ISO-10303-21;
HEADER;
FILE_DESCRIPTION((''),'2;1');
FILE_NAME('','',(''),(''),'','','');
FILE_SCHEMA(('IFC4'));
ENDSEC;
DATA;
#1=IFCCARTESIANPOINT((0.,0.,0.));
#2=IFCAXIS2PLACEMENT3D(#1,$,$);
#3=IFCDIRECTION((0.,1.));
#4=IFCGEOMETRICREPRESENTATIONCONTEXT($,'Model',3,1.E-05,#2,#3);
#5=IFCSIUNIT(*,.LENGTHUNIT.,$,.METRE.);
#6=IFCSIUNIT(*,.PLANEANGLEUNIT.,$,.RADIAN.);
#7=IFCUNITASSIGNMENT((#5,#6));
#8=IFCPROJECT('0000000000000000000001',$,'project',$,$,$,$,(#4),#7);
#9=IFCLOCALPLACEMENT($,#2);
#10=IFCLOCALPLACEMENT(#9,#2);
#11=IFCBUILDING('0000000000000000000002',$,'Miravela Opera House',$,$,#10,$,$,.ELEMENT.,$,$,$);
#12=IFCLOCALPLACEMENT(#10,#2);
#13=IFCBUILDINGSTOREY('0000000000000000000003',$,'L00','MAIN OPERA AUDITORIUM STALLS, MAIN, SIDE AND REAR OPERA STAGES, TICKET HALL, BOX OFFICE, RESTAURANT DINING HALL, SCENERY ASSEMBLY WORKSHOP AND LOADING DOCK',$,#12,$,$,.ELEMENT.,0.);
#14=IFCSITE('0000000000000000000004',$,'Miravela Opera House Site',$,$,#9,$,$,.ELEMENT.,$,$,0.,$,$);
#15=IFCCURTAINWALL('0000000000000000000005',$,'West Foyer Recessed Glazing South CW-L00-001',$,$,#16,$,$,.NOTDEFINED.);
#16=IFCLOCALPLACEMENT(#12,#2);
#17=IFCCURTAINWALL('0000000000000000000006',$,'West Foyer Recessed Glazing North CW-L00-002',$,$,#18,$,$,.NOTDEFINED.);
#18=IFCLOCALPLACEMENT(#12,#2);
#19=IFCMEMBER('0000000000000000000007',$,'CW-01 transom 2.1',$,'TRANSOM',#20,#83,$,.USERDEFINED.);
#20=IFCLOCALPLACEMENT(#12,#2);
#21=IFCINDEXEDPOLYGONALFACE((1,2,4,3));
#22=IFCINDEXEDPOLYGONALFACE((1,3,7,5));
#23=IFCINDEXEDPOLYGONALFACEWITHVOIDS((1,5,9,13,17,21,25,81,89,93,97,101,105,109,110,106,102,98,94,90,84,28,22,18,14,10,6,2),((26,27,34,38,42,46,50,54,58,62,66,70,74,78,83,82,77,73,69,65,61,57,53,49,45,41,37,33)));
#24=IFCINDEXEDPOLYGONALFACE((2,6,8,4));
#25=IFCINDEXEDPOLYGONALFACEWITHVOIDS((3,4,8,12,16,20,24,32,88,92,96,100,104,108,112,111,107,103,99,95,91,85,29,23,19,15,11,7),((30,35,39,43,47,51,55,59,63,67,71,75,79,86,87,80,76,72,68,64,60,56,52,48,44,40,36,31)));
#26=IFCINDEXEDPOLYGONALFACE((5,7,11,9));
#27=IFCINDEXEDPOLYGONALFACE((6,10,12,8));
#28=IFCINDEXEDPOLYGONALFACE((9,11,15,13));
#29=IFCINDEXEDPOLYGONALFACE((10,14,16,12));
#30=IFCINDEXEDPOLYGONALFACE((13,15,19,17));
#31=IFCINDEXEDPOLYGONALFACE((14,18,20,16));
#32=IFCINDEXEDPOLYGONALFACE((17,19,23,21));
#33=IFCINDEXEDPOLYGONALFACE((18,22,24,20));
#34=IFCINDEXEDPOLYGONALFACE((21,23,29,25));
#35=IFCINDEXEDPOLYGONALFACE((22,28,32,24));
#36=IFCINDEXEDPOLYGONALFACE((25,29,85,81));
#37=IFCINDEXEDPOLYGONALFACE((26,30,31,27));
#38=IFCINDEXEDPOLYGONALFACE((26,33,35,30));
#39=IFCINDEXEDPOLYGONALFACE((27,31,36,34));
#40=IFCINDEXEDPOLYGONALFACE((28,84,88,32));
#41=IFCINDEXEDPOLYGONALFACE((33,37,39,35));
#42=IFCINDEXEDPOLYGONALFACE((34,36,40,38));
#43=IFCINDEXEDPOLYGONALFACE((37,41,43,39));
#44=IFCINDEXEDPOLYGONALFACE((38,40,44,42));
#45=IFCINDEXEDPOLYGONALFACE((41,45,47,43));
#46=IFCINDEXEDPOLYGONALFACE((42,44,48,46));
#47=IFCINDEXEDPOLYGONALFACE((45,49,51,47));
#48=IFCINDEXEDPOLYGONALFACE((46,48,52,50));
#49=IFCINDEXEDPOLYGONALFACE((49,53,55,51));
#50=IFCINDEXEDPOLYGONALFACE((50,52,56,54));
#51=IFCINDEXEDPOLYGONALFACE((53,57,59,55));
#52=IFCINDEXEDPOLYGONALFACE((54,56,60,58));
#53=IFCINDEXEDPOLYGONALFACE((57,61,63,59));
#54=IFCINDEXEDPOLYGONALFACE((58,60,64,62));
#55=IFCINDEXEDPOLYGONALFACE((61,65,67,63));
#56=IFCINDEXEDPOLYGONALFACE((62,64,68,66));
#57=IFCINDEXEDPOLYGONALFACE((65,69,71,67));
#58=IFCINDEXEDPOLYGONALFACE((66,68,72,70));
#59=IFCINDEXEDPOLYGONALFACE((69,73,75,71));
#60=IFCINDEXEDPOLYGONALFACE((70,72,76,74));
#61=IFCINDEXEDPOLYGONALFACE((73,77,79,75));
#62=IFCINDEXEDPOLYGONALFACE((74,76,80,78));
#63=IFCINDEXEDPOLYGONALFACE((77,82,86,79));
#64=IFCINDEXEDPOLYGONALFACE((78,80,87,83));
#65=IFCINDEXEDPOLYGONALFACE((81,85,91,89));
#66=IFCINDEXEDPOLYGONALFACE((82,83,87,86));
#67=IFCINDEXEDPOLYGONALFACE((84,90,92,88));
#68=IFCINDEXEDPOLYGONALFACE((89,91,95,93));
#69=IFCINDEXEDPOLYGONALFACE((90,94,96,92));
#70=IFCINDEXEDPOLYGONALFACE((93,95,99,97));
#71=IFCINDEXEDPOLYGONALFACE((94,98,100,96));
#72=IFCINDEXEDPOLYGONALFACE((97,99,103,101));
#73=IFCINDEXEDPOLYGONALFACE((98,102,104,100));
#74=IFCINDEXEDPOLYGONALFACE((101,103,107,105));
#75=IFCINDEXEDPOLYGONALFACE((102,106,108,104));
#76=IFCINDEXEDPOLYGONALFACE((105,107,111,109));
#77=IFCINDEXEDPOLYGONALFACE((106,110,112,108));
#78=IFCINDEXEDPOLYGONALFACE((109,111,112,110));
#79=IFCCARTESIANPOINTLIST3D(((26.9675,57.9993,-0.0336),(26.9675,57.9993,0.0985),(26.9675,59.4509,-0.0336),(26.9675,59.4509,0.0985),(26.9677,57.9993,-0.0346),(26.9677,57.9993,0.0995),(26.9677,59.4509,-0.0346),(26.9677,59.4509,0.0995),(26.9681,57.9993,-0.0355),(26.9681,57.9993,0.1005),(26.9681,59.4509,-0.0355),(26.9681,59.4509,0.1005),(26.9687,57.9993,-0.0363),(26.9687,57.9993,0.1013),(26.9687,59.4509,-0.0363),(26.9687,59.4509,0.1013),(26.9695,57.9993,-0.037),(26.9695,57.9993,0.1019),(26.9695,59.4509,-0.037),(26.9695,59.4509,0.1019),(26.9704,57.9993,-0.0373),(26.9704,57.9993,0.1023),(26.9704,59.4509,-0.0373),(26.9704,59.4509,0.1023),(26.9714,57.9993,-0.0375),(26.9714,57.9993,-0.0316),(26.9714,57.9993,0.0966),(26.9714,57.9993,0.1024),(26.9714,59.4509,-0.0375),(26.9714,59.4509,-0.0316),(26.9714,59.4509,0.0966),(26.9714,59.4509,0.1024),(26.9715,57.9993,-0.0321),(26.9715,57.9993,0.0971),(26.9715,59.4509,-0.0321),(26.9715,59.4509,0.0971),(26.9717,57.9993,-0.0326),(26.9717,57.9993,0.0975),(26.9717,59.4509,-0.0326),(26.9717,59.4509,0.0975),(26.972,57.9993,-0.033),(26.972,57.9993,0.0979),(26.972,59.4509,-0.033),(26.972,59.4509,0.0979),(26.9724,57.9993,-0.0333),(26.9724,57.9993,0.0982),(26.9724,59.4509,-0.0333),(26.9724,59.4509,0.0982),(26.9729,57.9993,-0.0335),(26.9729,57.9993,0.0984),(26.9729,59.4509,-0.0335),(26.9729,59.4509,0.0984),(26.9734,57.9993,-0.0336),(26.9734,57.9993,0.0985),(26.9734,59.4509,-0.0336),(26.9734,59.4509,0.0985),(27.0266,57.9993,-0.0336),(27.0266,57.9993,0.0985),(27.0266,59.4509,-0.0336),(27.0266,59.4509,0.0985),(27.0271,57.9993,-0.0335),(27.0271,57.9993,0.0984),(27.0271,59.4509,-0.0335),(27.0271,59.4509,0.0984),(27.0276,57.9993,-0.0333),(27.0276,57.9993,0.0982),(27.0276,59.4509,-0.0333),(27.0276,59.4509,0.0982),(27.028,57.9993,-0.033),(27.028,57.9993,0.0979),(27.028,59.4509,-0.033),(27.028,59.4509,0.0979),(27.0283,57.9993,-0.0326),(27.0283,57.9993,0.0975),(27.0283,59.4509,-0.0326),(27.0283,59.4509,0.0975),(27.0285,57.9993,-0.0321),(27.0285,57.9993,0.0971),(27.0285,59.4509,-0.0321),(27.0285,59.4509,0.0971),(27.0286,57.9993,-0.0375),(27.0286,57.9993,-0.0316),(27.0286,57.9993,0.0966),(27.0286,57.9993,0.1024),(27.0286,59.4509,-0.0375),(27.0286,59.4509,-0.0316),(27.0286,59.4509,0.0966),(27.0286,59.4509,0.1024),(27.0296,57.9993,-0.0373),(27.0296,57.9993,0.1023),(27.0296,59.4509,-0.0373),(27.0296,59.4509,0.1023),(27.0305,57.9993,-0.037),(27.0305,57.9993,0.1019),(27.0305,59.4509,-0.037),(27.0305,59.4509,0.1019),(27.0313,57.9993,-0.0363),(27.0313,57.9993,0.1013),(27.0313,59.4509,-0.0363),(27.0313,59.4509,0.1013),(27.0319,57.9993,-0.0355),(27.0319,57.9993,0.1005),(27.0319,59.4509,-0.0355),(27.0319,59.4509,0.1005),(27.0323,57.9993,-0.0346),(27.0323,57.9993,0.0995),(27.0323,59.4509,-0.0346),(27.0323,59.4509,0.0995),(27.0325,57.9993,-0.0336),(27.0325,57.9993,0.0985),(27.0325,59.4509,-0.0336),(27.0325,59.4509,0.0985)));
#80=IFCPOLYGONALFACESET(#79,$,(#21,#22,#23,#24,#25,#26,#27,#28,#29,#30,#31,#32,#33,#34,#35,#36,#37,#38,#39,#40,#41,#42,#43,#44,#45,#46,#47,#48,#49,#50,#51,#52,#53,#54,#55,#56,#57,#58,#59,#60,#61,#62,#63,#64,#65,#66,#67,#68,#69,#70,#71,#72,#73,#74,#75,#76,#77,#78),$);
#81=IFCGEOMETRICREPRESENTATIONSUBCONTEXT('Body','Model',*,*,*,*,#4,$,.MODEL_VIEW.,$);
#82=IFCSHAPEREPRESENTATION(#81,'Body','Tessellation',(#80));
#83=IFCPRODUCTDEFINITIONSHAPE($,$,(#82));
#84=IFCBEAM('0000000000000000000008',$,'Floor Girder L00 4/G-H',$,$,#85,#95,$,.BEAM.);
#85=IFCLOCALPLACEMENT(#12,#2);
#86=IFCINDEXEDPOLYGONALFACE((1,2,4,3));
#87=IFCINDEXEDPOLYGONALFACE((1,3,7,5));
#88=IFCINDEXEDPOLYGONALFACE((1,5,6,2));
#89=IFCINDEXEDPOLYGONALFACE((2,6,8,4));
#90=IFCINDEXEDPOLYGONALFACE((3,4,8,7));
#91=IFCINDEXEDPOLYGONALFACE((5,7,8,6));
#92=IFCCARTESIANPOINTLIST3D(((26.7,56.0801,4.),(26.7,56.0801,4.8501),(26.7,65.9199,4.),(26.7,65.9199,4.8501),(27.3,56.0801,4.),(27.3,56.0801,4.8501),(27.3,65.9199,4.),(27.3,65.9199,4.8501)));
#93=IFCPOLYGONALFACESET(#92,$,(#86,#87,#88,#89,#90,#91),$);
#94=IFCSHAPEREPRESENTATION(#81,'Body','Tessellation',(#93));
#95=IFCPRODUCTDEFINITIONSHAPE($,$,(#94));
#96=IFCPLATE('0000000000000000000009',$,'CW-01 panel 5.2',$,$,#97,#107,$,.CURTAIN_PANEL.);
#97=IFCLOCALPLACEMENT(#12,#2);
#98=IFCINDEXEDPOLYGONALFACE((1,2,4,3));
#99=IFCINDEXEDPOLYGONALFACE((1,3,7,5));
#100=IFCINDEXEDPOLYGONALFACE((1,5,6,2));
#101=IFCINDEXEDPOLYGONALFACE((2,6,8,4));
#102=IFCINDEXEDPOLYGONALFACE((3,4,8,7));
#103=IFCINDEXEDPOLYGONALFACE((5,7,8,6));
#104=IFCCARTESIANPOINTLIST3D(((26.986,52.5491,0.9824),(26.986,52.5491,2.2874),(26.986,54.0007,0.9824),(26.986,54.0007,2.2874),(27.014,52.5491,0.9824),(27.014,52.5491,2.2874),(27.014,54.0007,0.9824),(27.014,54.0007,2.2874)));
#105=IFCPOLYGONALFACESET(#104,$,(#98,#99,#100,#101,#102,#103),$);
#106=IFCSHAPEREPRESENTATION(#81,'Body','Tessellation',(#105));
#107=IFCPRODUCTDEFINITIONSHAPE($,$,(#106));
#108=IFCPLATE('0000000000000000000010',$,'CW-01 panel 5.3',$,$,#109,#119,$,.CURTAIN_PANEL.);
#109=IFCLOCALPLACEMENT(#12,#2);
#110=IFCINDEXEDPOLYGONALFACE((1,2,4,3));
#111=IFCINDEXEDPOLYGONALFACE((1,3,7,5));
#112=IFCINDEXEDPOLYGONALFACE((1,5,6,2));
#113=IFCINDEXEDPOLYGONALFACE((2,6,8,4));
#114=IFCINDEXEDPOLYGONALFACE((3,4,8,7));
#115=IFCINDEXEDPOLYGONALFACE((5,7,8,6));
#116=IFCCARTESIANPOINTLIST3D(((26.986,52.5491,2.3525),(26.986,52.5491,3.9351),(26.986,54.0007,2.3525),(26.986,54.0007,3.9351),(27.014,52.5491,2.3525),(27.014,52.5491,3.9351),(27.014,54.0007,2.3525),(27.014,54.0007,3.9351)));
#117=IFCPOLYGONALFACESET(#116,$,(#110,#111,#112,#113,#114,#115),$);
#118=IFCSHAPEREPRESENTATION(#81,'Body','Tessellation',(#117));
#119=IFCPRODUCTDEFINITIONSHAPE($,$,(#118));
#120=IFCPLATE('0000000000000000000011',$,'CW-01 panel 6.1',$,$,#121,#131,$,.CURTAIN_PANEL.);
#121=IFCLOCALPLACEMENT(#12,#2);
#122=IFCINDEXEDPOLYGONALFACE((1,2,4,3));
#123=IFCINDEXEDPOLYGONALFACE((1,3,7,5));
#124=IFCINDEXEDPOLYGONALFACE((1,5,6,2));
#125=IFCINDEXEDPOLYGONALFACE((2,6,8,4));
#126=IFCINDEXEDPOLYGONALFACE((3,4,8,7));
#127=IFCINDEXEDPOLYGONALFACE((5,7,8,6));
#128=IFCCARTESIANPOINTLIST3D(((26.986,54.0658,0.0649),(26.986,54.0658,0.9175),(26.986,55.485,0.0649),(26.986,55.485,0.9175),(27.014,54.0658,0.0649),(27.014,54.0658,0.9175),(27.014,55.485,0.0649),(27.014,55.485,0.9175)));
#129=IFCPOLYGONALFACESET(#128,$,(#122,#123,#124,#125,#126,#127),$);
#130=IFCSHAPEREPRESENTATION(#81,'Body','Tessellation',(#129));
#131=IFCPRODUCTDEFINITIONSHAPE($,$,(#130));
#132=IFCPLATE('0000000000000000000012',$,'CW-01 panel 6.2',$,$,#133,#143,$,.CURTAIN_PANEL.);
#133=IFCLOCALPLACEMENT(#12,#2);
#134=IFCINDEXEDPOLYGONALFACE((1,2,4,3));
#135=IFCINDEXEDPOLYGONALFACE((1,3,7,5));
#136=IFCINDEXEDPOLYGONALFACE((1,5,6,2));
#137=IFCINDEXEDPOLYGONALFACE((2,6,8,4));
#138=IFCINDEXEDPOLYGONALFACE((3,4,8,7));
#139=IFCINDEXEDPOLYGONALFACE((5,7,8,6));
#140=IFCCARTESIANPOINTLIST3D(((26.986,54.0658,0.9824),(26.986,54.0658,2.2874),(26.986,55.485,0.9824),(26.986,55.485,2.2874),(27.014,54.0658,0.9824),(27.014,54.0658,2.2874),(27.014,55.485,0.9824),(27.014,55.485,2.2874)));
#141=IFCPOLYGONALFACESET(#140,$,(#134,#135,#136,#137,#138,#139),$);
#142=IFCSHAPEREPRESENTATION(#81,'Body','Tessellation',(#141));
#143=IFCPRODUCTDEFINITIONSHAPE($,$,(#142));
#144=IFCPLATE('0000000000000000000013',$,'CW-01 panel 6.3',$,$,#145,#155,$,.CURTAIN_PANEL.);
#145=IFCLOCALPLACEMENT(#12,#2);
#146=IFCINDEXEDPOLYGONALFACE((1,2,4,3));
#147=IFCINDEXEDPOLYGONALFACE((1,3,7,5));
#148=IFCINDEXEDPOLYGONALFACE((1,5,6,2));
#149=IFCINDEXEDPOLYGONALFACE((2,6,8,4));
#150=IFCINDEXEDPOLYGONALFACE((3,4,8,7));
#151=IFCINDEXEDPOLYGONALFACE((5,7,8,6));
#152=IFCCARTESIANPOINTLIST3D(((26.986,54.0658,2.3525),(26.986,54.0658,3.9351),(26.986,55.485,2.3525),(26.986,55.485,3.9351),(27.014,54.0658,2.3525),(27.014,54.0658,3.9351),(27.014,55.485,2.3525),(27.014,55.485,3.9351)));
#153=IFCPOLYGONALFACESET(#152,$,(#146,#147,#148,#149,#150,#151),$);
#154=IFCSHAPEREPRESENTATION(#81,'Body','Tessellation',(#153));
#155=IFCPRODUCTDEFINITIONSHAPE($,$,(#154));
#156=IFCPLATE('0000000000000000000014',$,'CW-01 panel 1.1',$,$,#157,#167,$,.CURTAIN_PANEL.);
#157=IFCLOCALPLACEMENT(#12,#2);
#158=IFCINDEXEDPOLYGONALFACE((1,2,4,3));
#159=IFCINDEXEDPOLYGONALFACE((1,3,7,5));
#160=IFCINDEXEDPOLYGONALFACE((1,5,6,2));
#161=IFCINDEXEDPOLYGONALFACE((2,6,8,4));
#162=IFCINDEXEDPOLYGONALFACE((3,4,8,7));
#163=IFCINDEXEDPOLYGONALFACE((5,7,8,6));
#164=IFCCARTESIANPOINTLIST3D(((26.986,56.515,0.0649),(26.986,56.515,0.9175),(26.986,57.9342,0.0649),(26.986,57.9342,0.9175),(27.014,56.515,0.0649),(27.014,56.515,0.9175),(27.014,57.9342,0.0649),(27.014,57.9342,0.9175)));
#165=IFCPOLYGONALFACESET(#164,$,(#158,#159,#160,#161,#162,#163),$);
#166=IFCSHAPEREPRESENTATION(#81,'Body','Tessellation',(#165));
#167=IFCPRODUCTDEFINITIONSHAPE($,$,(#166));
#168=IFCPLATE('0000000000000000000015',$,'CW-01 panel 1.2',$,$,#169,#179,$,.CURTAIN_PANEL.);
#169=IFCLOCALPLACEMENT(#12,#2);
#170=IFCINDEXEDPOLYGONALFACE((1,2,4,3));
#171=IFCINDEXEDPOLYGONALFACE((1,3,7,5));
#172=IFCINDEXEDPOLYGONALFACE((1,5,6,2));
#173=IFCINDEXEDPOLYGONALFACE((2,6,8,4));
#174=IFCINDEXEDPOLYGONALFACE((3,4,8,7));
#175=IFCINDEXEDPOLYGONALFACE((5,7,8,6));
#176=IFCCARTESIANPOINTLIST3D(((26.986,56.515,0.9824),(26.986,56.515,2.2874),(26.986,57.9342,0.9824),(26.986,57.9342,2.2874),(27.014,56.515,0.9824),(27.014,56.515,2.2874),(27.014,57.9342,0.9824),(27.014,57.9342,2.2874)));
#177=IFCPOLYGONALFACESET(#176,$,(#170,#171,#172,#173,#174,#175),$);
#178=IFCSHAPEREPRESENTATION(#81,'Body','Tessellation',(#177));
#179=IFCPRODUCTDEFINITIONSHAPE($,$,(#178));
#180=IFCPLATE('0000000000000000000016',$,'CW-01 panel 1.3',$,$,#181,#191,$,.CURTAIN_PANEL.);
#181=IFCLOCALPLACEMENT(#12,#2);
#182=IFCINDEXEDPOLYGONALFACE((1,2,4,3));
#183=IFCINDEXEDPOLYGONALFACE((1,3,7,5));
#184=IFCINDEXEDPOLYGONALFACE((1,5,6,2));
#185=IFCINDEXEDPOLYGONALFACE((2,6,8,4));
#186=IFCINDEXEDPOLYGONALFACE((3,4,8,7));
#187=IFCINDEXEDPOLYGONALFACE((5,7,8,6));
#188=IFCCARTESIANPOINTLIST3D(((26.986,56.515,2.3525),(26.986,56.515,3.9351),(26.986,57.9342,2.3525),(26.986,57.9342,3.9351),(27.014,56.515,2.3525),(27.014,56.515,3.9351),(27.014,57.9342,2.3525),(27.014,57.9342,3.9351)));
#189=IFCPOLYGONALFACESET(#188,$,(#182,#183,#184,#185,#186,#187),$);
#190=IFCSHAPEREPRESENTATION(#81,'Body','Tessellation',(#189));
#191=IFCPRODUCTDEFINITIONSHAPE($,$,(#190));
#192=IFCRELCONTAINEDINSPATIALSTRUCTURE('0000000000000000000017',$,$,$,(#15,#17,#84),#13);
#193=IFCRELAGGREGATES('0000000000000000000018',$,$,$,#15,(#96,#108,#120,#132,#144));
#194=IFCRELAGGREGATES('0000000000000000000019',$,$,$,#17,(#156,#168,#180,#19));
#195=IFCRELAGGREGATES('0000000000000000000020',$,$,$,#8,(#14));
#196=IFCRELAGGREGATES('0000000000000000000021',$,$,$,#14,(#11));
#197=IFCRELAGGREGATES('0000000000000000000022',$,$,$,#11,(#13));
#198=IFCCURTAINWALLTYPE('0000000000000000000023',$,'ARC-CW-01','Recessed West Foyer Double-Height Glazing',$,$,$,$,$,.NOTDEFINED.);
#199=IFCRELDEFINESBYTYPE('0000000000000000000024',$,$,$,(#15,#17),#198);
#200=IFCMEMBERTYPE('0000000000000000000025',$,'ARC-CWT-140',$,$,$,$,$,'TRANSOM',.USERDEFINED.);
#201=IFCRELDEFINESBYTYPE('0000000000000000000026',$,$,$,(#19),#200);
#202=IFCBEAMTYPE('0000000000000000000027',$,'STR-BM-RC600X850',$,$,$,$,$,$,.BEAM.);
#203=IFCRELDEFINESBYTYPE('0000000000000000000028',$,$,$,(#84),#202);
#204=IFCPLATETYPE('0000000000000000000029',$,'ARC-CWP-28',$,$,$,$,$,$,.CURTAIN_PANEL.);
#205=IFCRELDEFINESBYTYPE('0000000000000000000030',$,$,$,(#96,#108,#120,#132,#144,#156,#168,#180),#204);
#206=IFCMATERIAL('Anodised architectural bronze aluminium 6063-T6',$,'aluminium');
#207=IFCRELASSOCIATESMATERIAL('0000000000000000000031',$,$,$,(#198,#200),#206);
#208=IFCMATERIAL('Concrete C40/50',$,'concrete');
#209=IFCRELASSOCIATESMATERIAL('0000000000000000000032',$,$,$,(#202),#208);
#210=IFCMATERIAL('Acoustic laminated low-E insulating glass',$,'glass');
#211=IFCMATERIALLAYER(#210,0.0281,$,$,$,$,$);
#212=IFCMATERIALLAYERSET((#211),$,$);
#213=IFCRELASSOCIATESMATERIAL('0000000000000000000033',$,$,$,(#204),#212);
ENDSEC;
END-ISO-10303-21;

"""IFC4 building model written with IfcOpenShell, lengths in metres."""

from ifc_helpers import new_model, si_unit, direction, frame, origin, origin_2d, place, context, subcontext, project, spatial, rectangle, hollow_rectangle, extrude, material, layer, layer_set, material_profile, profile_set, type_object, element, aggregate, save


model = new_model("IFC4")

# Units and contexts
model_context = context("Model", 3, precision=1e-05, world=origin(), true_north=direction((0.0, 1.0)))
body_context = subcontext(model_context, "Body", "Model", "MODEL_VIEW")
ifc_project = project(units=[si_unit("LENGTHUNIT", "METRE"), si_unit("PLANEANGLEUNIT", "RADIAN")], contexts=[model_context])

# Site, building, storey
site_placement = place(None, origin())
site = spatial("IfcSite", under=ifc_project, at=site_placement, Name="Miravela Opera House Site", CompositionType="ELEMENT", RefElevation=0.0)
building_placement = place(site_placement, origin())
building = spatial("IfcBuilding", under=site, at=building_placement, Name="Miravela Opera House", CompositionType="ELEMENT")
storey_placement = place(building_placement, origin())
storey = spatial("IfcBuildingStorey", under=building, at=storey_placement, Name="L00", Description="MAIN OPERA AUDITORIUM STALLS, MAIN, SIDE AND REAR OPERA STAGES, TICKET HALL, BOX OFFICE, RESTAURANT DINING HALL, SCENERY ASSEMBLY WORKSHOP AND LOADING DOCK", CompositionType="ELEMENT", Elevation=0.0)

# Shared definitions
ifc_material_1 = material(Name="Concrete C40/50", Category="concrete")

# Curtain walls
ifc_material_2 = material(Name="Anodised architectural bronze aluminium 6063-T6", Category="aluminium")
curtain_wall_type = type_object("IfcCurtainWallType", Name="ARC-CW-01", Description="Recessed West Foyer Double-Height Glazing", PredefinedType="NOTDEFINED", material=ifc_material_2)
curtain_wall_1_placement = place(storey_placement, origin())
curtain_wall_1 = element("IfcCurtainWall", 1, at=curtain_wall_1_placement, inside=storey, type_object=curtain_wall_type, Name="West Foyer Recessed Glazing South CW-L00-001", PredefinedType="NOTDEFINED")
curtain_wall_2_placement = place(storey_placement, origin())
curtain_wall_2 = element("IfcCurtainWall", 2, at=curtain_wall_2_placement, inside=storey, type_object=curtain_wall_type, Name="West Foyer Recessed Glazing North CW-L00-002", PredefinedType="NOTDEFINED")

# Member
ifc_material_profile_1 = material_profile(ifc_material_2, hollow_rectangle(XDim=0.0649, YDim=0.1399, WallThickness=0.0039, InnerFilletRadius=0.002, OuterFilletRadius=0.0039, at=origin_2d()), Name="CWT-65X140")
ifc_profile_set_1 = profile_set([ifc_material_profile_1])
member_type_1 = type_object("IfcMemberType", Name="ARC-CWT-140", ElementType="TRANSOM", PredefinedType="USERDEFINED", material=ifc_profile_set_1)
member_1_placement = place(storey_placement, frame((27.0, 57.9993, 0.0325), z_axis=(0.0, 1.0, 0.0), x_axis=(-1.0, 0.0, 0.0)))
member_1 = element("IfcMember", 3, at=member_1_placement, type_object=member_type_1, Name="CW-01 transom 2.1", ObjectType="TRANSOM", PredefinedType="USERDEFINED", context=body_context, shape_type="SweptSolid", body=[
    extrude(hollow_rectangle(XDim=0.0649, YDim=0.1399, WallThickness=0.0039, InnerFilletRadius=0.002, OuterFilletRadius=0.0039, at=origin_2d()), origin(), (0.0, 0.0, 1.0), 1.4517),
])

# Beam
ifc_material_profile_2 = material_profile(ifc_material_1, rectangle(XDim=0.6001, YDim=0.8501, at=origin_2d()), Name="RC-BM-600X850")
ifc_profile_set_2 = profile_set([ifc_material_profile_2])
beam_type = type_object("IfcBeamType", Name="STR-BM-RC600X850", PredefinedType="BEAM", material=ifc_profile_set_2)
beam_placement = place(storey_placement, frame((27.0, 56.0801, 4.425), z_axis=(0.0, 1.0, 0.0), x_axis=(-1.0, 0.0, 0.0)))
element("IfcBeam", 4, at=beam_placement, inside=storey, type_object=beam_type, Name="Floor Girder L00 4/G-H", PredefinedType="BEAM", context=body_context, shape_type="SweptSolid", body=[
    extrude(rectangle(XDim=0.6001, YDim=0.8501, at=origin_2d()), origin(), (0.0, 0.0, 1.0), 9.8398),
])

# Plates
ifc_material_3 = material(Name="Acoustic laminated low-E insulating glass", Category="glass")
ifc_layer = layer(ifc_material_3, 0.0281)
ifc_layer_set = layer_set([ifc_layer])
plate_type = type_object("IfcPlateType", Name="ARC-CWP-28", PredefinedType="CURTAIN_PANEL", material=ifc_layer_set)
plate_1_placement = place(storey_placement, frame((27.0, 53.2749, 0.9824), z_axis=(0.0, 0.0, 1.0), x_axis=(0.0, 1.0, 0.0)))
plate_1 = element("IfcPlate", 5, at=plate_1_placement, type_object=plate_type, Name="CW-01 panel 5.2", PredefinedType="CURTAIN_PANEL", context=body_context, shape_type="SweptSolid", body=[
    extrude(rectangle(XDim=1.4517, YDim=0.0281, at=origin_2d()), origin(), (0.0, 0.0, 1.0), 1.3049),
])
plate_2_placement = place(storey_placement, frame((27.0, 53.2749, 2.3525), z_axis=(0.0, 0.0, 1.0), x_axis=(0.0, 1.0, 0.0)))
plate_2 = element("IfcPlate", 6, at=plate_2_placement, type_object=plate_type, Name="CW-01 panel 5.3", PredefinedType="CURTAIN_PANEL", context=body_context, shape_type="SweptSolid", body=[
    extrude(rectangle(XDim=1.4517, YDim=0.0281, at=origin_2d()), origin(), (0.0, 0.0, 1.0), 1.5825),
])
plate_3_placement = place(storey_placement, frame((27.0, 54.7754, 0.0649), z_axis=(0.0, 0.0, 1.0), x_axis=(0.0, 1.0, 0.0)))
plate_3 = element("IfcPlate", 7, at=plate_3_placement, type_object=plate_type, Name="CW-01 panel 6.1", PredefinedType="CURTAIN_PANEL", context=body_context, shape_type="SweptSolid", body=[
    extrude(rectangle(XDim=1.4192, YDim=0.0281, at=origin_2d()), origin(), (0.0, 0.0, 1.0), 0.8525),
])
plate_4_placement = place(storey_placement, frame((27.0, 54.7754, 0.9824), z_axis=(0.0, 0.0, 1.0), x_axis=(0.0, 1.0, 0.0)))
plate_4 = element("IfcPlate", 8, at=plate_4_placement, type_object=plate_type, Name="CW-01 panel 6.2", PredefinedType="CURTAIN_PANEL", context=body_context, shape_type="SweptSolid", body=[
    extrude(rectangle(XDim=1.4192, YDim=0.0281, at=origin_2d()), origin(), (0.0, 0.0, 1.0), 1.3049),
])
plate_5_placement = place(storey_placement, frame((27.0, 54.7754, 2.3525), z_axis=(0.0, 0.0, 1.0), x_axis=(0.0, 1.0, 0.0)))
plate_5 = element("IfcPlate", 9, at=plate_5_placement, type_object=plate_type, Name="CW-01 panel 6.3", PredefinedType="CURTAIN_PANEL", context=body_context, shape_type="SweptSolid", body=[
    extrude(rectangle(XDim=1.4192, YDim=0.0281, at=origin_2d()), origin(), (0.0, 0.0, 1.0), 1.5825),
])
aggregate(curtain_wall_1, [plate_1, plate_2, plate_3, plate_4, plate_5])
plate_6_placement = place(storey_placement, frame((27.0, 57.2246, 0.0649), z_axis=(0.0, 0.0, 1.0), x_axis=(0.0, 1.0, 0.0)))
plate_6 = element("IfcPlate", 10, at=plate_6_placement, type_object=plate_type, Name="CW-01 panel 1.1", PredefinedType="CURTAIN_PANEL", context=body_context, shape_type="SweptSolid", body=[
    extrude(rectangle(XDim=1.4192, YDim=0.0281, at=origin_2d()), origin(), (0.0, 0.0, 1.0), 0.8525),
])
plate_7_placement = place(storey_placement, frame((27.0, 57.2246, 0.9824), z_axis=(0.0, 0.0, 1.0), x_axis=(0.0, 1.0, 0.0)))
plate_7 = element("IfcPlate", 11, at=plate_7_placement, type_object=plate_type, Name="CW-01 panel 1.2", PredefinedType="CURTAIN_PANEL", context=body_context, shape_type="SweptSolid", body=[
    extrude(rectangle(XDim=1.4192, YDim=0.0281, at=origin_2d()), origin(), (0.0, 0.0, 1.0), 1.3049),
])
plate_8_placement = place(storey_placement, frame((27.0, 57.2246, 2.3525), z_axis=(0.0, 0.0, 1.0), x_axis=(0.0, 1.0, 0.0)))
plate_8 = element("IfcPlate", 12, at=plate_8_placement, type_object=plate_type, Name="CW-01 panel 1.3", PredefinedType="CURTAIN_PANEL", context=body_context, shape_type="SweptSolid", body=[
    extrude(rectangle(XDim=1.4192, YDim=0.0281, at=origin_2d()), origin(), (0.0, 0.0, 1.0), 1.5825),
])
aggregate(curtain_wall_2, [plate_6, plate_7, plate_8, member_1])

save(model, "model.ifc")
